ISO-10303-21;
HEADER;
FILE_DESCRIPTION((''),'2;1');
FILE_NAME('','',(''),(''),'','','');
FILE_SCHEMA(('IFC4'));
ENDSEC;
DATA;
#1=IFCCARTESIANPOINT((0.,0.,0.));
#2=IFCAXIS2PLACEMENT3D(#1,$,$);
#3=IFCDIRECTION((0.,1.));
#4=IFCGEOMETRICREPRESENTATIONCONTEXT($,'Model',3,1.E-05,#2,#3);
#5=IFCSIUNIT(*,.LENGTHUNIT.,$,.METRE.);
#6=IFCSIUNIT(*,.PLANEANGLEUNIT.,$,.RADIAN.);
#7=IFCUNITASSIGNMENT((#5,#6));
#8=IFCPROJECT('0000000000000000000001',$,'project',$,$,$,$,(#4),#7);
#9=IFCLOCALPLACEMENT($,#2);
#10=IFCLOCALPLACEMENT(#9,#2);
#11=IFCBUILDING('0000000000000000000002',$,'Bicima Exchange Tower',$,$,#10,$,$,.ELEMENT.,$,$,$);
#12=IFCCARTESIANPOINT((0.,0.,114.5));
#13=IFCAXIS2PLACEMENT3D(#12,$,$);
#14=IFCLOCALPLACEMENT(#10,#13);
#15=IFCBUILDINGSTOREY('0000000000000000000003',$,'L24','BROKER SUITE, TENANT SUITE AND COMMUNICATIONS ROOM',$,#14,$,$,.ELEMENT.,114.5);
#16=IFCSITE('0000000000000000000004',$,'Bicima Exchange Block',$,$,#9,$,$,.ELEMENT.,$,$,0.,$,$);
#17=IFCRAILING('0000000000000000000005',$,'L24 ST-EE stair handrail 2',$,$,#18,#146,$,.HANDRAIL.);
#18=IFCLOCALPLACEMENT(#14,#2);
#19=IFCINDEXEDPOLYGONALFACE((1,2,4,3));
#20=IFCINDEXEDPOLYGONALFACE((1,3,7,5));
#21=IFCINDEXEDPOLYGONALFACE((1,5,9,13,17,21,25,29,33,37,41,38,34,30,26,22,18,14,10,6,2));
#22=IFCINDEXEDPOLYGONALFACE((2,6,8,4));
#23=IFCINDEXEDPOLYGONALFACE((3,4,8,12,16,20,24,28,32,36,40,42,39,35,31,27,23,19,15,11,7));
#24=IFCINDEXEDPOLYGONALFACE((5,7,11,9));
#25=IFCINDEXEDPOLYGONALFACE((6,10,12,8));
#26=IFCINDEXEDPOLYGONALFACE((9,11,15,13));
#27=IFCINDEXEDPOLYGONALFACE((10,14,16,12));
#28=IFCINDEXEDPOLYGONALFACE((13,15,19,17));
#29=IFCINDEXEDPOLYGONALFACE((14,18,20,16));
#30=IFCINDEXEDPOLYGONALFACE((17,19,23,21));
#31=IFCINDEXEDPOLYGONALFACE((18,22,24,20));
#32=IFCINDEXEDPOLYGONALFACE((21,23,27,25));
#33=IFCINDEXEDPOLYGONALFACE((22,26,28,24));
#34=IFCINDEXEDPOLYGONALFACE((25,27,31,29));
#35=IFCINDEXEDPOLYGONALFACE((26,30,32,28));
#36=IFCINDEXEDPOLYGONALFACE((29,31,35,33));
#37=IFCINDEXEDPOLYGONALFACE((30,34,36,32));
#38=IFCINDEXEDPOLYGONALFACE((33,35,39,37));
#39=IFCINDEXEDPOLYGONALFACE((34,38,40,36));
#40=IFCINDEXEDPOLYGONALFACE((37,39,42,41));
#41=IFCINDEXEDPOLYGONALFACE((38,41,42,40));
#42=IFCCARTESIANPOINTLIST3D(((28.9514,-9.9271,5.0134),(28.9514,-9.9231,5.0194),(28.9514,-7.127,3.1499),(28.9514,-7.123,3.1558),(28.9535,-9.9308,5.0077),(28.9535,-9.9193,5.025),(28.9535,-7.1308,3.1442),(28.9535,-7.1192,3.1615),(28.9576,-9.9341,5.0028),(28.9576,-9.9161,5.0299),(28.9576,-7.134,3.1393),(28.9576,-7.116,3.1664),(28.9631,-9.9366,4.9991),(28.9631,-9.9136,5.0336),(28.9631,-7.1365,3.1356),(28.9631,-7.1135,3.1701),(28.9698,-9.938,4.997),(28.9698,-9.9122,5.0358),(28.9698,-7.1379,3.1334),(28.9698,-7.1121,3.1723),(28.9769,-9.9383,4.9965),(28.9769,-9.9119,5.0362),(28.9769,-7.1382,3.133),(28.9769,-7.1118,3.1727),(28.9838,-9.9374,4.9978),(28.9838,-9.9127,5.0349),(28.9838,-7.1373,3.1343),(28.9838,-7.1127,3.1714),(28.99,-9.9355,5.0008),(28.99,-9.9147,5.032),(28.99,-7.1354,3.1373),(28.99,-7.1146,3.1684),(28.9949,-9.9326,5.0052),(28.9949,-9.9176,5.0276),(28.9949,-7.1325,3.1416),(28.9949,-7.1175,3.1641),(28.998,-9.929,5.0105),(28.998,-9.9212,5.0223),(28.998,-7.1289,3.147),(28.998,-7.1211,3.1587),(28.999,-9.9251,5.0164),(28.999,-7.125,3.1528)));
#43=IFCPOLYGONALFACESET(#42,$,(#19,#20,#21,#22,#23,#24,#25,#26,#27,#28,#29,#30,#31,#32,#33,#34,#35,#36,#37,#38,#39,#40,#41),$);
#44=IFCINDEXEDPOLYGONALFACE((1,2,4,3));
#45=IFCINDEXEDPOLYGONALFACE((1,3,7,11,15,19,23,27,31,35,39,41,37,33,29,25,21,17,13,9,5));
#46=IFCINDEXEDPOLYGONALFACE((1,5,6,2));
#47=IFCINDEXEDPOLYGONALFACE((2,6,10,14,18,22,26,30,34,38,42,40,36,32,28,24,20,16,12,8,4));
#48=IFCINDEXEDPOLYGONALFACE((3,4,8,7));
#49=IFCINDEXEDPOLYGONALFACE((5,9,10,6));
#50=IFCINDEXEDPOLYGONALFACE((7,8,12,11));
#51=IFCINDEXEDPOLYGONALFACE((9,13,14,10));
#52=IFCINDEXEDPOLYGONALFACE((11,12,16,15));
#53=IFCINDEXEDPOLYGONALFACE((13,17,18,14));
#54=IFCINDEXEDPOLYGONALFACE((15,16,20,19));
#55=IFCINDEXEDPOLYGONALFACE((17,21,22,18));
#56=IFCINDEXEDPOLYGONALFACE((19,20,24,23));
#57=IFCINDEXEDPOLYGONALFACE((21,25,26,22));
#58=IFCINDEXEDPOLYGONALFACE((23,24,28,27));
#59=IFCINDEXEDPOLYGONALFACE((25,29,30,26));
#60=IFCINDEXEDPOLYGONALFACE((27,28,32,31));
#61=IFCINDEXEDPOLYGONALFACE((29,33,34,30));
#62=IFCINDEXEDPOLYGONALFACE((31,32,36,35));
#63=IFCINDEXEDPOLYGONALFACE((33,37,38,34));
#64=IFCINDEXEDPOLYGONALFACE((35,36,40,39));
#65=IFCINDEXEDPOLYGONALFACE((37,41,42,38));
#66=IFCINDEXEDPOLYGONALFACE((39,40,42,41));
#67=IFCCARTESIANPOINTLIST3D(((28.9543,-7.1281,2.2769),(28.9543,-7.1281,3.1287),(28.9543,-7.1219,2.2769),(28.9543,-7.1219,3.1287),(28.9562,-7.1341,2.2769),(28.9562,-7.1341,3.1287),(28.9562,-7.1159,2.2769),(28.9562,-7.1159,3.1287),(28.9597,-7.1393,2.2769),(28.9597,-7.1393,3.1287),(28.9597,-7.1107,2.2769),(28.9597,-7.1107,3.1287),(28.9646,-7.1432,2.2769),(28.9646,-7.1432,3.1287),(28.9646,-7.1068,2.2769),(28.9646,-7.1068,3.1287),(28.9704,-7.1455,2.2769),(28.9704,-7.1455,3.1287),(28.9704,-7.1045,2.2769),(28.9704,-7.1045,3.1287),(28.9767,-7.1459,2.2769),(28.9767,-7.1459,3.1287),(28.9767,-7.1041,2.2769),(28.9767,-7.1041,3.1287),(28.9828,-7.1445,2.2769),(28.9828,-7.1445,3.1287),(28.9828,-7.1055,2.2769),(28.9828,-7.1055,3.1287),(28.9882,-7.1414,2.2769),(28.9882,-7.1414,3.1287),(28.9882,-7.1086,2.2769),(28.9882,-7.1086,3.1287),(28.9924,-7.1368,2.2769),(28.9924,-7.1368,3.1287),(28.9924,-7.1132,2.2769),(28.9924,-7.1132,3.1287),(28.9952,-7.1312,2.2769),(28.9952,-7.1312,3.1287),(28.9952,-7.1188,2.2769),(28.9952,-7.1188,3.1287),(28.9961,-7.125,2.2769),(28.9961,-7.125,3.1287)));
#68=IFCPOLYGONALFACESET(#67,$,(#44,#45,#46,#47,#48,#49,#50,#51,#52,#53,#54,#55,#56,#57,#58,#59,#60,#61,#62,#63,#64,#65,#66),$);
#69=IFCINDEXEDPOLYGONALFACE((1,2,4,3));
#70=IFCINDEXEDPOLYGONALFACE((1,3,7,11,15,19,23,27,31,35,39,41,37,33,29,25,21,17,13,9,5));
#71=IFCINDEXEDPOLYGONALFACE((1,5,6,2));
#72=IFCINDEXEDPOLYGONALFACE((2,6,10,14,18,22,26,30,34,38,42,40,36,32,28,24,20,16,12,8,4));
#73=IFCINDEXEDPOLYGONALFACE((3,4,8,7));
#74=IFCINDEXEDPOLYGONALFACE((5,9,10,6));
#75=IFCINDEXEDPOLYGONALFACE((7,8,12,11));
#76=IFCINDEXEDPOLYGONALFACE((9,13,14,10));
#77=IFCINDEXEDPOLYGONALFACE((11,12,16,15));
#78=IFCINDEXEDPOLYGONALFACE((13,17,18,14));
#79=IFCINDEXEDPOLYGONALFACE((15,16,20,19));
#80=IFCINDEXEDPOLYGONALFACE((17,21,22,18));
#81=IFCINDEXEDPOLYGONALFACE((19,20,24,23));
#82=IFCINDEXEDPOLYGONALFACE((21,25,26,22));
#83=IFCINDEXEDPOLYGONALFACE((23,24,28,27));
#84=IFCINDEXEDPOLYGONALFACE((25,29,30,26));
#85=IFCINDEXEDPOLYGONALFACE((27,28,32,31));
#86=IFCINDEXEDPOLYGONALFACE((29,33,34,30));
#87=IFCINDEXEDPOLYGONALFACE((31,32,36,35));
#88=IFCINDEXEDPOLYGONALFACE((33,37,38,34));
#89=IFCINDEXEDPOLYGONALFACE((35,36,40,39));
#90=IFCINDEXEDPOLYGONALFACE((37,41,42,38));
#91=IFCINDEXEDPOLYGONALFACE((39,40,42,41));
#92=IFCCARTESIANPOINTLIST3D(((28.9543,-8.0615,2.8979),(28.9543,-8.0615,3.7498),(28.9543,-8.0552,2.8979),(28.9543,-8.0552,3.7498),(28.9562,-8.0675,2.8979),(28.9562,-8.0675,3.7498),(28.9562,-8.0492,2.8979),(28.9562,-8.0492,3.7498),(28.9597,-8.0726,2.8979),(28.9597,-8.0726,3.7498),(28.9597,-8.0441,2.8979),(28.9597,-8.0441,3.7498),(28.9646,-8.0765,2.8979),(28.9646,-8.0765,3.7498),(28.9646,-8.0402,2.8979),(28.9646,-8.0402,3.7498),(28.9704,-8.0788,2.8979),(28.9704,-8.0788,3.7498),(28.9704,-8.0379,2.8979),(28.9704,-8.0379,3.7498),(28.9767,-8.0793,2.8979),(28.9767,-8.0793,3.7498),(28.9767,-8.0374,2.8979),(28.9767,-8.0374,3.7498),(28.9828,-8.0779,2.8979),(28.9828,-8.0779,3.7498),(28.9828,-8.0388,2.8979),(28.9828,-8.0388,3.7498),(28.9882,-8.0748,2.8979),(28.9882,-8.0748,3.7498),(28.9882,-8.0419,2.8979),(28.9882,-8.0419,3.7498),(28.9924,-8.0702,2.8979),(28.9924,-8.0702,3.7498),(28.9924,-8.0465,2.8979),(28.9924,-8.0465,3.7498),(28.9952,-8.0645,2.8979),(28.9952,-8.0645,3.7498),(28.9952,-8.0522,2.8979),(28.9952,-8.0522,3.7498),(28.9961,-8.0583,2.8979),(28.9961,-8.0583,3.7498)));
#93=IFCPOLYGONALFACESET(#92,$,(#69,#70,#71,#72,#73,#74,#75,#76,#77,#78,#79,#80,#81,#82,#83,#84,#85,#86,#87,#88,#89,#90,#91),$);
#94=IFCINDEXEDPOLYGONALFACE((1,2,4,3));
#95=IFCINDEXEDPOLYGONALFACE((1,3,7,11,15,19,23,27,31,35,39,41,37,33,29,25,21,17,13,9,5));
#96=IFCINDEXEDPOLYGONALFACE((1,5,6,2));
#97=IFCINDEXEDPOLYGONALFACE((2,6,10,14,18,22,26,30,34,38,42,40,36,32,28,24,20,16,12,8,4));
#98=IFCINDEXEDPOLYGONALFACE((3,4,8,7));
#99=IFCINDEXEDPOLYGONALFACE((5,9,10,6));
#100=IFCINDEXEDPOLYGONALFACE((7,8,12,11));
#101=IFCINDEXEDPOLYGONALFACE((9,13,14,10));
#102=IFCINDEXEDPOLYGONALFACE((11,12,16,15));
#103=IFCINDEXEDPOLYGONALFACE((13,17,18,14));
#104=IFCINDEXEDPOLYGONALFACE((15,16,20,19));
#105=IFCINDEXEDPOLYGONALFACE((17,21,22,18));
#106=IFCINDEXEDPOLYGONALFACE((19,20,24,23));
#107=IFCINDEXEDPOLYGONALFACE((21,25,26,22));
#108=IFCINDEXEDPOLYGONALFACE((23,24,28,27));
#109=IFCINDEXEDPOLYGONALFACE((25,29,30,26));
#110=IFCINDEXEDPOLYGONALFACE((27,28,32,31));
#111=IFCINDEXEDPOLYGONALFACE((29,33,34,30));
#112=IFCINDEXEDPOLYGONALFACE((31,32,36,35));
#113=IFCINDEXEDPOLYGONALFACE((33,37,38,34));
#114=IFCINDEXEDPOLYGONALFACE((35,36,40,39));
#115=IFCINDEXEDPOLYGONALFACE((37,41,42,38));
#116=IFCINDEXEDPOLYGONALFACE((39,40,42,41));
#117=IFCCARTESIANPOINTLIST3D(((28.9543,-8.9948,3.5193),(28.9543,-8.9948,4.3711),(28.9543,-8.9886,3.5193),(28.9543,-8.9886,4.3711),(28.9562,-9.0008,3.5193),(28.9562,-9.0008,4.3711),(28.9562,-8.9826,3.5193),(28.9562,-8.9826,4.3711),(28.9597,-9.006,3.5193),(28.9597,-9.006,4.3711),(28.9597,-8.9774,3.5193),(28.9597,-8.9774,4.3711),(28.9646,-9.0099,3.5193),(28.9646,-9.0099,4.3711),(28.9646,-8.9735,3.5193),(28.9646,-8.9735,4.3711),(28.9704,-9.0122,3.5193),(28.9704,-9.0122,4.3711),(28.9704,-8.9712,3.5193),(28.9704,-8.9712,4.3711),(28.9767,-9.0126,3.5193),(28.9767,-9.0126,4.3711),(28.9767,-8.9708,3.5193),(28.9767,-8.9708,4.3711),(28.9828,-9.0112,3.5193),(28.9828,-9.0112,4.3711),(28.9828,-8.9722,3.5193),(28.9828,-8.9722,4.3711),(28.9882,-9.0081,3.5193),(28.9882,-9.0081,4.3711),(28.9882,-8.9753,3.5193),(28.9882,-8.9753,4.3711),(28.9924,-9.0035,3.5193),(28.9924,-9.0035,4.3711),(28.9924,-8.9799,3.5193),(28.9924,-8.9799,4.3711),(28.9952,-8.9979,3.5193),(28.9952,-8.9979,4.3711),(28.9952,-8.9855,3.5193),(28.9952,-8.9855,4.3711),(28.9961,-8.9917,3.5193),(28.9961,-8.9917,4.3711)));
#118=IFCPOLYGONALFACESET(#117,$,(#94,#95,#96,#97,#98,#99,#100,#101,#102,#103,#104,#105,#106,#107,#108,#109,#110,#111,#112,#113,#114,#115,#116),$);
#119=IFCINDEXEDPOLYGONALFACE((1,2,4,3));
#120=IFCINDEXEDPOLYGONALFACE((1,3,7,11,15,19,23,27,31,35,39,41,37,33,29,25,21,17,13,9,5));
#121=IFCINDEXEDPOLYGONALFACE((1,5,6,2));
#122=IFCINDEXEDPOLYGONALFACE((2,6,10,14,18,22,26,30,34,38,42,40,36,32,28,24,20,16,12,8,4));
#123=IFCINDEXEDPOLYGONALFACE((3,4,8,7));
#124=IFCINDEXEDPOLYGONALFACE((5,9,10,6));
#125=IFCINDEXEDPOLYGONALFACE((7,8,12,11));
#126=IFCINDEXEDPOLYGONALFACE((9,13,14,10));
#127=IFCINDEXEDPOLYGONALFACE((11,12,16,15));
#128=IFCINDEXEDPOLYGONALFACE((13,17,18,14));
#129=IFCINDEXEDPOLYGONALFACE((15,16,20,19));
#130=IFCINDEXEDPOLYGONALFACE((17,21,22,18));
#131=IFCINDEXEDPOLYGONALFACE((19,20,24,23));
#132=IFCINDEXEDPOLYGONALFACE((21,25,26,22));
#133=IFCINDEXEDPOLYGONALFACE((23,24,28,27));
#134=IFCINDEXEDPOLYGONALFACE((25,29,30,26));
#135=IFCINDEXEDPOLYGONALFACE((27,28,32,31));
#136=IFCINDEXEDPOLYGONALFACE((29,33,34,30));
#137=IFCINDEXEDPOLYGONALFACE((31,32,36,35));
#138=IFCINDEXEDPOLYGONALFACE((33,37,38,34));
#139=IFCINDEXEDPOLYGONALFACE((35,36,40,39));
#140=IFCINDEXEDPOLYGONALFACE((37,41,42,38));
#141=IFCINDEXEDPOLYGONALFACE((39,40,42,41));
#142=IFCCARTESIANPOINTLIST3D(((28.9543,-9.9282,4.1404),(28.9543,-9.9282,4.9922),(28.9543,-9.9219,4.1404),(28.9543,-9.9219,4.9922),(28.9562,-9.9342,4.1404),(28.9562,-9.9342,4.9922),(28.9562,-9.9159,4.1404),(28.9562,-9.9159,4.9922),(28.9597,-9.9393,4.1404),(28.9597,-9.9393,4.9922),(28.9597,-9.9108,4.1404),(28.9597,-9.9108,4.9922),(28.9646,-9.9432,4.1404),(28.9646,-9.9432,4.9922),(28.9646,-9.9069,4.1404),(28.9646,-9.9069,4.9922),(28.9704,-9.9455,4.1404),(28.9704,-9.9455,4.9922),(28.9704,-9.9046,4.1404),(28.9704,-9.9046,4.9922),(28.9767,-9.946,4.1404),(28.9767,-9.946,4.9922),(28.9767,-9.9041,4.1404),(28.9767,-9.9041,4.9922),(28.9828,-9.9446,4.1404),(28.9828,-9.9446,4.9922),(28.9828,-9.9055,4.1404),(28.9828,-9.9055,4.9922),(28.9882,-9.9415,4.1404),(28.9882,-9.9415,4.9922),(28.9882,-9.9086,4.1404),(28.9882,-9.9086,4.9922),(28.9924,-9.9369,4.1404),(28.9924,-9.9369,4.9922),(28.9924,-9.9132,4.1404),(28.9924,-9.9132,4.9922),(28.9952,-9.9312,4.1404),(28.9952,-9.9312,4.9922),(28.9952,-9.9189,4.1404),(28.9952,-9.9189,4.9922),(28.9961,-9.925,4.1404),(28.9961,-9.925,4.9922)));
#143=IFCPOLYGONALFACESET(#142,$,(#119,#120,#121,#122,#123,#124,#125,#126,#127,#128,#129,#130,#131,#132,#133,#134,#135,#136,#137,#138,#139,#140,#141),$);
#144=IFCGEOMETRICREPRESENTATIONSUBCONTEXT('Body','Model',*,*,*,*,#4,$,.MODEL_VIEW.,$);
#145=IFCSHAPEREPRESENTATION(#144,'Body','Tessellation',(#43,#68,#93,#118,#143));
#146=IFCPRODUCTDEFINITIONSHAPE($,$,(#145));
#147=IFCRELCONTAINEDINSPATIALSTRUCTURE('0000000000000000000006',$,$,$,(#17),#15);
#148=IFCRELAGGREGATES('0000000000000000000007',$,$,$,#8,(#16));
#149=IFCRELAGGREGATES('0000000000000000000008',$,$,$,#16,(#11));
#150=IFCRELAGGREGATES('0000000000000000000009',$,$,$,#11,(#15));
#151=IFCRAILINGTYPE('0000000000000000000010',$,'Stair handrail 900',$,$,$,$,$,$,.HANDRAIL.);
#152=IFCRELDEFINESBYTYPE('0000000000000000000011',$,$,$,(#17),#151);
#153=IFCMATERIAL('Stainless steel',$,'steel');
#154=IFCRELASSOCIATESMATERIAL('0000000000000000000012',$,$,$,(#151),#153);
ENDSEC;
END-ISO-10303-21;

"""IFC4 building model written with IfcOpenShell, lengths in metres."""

from ifc_helpers import new_model, si_unit, direction, frame, origin, origin_2d, place, context, subcontext, project, spatial, circle, extrude, material, type_object, element, save


model = new_model("IFC4")

# Units and contexts
model_context = context("Model", 3, precision=1e-05, world=origin(), true_north=direction((0.0, 1.0)))
body_context = subcontext(model_context, "Body", "Model", "MODEL_VIEW")
ifc_project = project(units=[si_unit("LENGTHUNIT", "METRE"), si_unit("PLANEANGLEUNIT", "RADIAN")], contexts=[model_context])

# Site, building, storey
site_placement = place(None, origin())
site = spatial("IfcSite", under=ifc_project, at=site_placement, Name="Bicima Exchange Block", CompositionType="ELEMENT", RefElevation=0.0)
building_placement = place(site_placement, origin())
building = spatial("IfcBuilding", under=site, at=building_placement, Name="Bicima Exchange Tower", CompositionType="ELEMENT")
storey_placement = place(building_placement, frame((0.0, 0.0, 114.5)))
storey = spatial("IfcBuildingStorey", under=building, at=storey_placement, Name="L24", Description="BROKER SUITE, TENANT SUITE AND COMMUNICATIONS ROOM", CompositionType="ELEMENT", Elevation=114.5)

# Railing
ifc_material_1 = material(Name="Stainless steel", Category="steel")
railing_type_1 = type_object("IfcRailingType", Name="Stair handrail 900", PredefinedType="HANDRAIL", material=ifc_material_1)
for number, where, name in (
    (1, (28.9751, -7.125, 2.2769), "L24 ST-EE stair handrail 2"),
):
    element("IfcRailing", number, at=place(storey_placement, frame(where)), inside=storey, type_object=railing_type_1, Name=name, PredefinedType="HANDRAIL", context=body_context, shape_type="SweptSolid", body=[
        extrude(circle(Radius=0.0239, at=origin_2d()), frame((0.0, 0.0, 0.876), z_axis=(0.0, -0.832486, 0.554047), x_axis=(1.0, 0.0, 0.0)), (0.0, 0.0, 1.0), 3.3635),
        extrude(circle(Radius=0.021, at=origin_2d()), origin(), (0.0, 0.0, 1.0), 0.8518),
        extrude(circle(Radius=0.021, at=origin_2d()), frame((0.0, -0.9333, 0.6211)), (0.0, 0.0, 1.0), 0.8518),
        extrude(circle(Radius=0.021, at=origin_2d()), frame((0.0, -1.8667, 1.2424)), (0.0, 0.0, 1.0), 0.8518),
        extrude(circle(Radius=0.021, at=origin_2d()), frame((0.0, -2.8, 1.8635)), (0.0, 0.0, 1.0), 0.8518),
    ])

save(model, "model.ifc")
